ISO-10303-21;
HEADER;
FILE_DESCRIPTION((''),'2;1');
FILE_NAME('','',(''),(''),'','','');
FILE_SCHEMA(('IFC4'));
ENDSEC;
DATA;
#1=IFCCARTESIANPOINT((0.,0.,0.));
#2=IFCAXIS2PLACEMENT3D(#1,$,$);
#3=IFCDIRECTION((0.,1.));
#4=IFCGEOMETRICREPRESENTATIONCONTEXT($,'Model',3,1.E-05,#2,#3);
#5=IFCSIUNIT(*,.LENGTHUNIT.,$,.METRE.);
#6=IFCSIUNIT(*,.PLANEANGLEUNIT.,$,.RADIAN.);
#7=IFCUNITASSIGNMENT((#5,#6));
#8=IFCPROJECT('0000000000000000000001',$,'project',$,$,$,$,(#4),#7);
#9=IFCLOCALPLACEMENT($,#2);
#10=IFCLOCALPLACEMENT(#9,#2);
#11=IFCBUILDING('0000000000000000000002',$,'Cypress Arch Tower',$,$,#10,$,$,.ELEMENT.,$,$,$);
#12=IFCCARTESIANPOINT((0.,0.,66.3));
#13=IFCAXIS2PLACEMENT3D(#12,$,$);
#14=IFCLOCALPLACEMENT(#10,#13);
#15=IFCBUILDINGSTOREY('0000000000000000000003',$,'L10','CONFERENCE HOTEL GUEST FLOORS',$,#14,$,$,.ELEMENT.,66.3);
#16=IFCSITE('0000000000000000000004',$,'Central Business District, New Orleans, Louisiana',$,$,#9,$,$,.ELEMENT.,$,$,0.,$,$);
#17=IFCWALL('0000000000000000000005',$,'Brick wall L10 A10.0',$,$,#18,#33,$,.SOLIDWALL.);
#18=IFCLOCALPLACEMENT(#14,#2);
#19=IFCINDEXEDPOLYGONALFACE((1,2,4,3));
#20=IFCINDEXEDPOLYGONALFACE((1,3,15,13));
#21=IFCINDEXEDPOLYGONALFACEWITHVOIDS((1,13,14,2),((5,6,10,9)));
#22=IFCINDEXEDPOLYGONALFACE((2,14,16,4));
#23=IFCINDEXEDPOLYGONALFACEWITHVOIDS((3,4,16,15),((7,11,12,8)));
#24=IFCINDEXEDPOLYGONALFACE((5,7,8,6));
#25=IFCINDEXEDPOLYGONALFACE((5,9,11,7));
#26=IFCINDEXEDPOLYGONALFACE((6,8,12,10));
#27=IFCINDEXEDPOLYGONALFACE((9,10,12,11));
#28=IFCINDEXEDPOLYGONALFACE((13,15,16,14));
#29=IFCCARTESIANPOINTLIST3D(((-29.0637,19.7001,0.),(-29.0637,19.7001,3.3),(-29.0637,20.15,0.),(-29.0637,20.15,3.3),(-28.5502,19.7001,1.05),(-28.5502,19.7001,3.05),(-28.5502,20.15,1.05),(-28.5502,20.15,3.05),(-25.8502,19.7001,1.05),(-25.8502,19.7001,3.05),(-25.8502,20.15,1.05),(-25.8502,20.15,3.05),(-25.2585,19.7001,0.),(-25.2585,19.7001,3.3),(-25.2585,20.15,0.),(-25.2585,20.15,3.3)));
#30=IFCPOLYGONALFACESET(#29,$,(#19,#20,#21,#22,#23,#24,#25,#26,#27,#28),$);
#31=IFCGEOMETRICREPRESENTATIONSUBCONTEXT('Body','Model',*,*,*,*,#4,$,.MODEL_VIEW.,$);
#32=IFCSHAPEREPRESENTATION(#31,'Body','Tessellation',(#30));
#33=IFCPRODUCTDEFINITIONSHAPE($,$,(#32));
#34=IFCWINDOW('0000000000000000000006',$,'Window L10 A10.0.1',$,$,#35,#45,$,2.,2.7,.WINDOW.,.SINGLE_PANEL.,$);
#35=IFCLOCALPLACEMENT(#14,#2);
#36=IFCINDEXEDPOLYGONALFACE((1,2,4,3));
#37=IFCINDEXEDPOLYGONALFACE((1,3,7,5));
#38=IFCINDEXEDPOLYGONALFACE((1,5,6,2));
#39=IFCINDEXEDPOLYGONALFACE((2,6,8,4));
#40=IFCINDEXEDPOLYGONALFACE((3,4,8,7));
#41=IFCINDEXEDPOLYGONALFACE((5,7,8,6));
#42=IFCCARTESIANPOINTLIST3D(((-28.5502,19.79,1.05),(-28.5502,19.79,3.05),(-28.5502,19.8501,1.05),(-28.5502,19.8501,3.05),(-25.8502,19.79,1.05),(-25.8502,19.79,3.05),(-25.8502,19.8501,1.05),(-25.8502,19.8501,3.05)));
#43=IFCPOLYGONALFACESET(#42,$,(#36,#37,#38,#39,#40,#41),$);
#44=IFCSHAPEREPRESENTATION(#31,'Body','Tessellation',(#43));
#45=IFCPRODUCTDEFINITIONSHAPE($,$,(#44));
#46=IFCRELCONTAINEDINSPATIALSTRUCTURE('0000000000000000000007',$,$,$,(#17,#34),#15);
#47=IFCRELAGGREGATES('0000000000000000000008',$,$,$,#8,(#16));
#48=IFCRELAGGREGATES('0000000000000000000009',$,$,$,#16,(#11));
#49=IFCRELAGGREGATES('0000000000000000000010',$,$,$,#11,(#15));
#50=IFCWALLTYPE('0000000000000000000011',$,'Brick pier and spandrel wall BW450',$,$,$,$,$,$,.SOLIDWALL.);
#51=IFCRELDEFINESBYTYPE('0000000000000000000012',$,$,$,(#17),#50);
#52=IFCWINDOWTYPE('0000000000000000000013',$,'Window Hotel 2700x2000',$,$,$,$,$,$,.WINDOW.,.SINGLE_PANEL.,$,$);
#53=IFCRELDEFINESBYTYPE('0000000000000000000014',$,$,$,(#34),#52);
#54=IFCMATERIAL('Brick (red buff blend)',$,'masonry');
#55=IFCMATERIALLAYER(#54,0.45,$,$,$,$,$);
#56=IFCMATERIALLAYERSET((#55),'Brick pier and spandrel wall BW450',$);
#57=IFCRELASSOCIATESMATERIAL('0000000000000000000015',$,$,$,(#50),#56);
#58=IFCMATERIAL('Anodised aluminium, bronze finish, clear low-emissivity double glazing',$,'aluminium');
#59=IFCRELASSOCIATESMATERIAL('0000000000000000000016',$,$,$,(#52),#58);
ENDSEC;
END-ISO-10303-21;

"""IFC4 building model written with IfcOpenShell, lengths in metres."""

from ifc_helpers import new_model, si_unit, direction, frame, frame_2d, origin, place, context, subcontext, project, spatial, rectangle, extrude, material, layer, layer_set, type_object, element, fill, save


model = new_model("IFC4")

# Units and contexts
model_context = context("Model", 3, precision=1e-05, world=origin(), true_north=direction((0.0, 1.0)))
body_context = subcontext(model_context, "Body", "Model", "MODEL_VIEW")
ifc_project = project(units=[si_unit("LENGTHUNIT", "METRE"), si_unit("PLANEANGLEUNIT", "RADIAN")], contexts=[model_context])

# Site, building, storey
site_placement = place(None, origin())
site = spatial("IfcSite", under=ifc_project, at=site_placement, Name="Central Business District, New Orleans, Louisiana", CompositionType="ELEMENT", RefElevation=0.0)
building_placement = place(site_placement, origin())
building = spatial("IfcBuilding", under=site, at=building_placement, Name="Cypress Arch Tower", CompositionType="ELEMENT")
storey_placement = place(building_placement, frame((0.0, 0.0, 66.3)))
storey = spatial("IfcBuildingStorey", under=building, at=storey_placement, Name="L10", Description="CONFERENCE HOTEL GUEST FLOORS", CompositionType="ELEMENT", Elevation=66.3)

# Shared definitions
ifc_material_1 = material(Name="Brick (red buff blend)", Category="masonry")
ifc_layer = layer(ifc_material_1, 0.45)
ifc_layer_set = layer_set([ifc_layer], Name="Brick pier and spandrel wall BW450")
wall_type = type_object("IfcWallType", Name="Brick pier and spandrel wall BW450", PredefinedType="SOLIDWALL", material=ifc_layer_set)

# Wall, opening, window
wall_1_placement = place(storey_placement, frame((-25.2585, 19.925, 0.0), z_axis=(0.0, 0.0, 1.0), x_axis=(-1.0, 0.0, 0.0)))
wall_1 = element("IfcWall", 1, at=wall_1_placement, inside=storey, type_object=wall_type, Name="Brick wall L10 A10.0", PredefinedType="SOLIDWALL", context=body_context, shape_type="SweptSolid", body=[
    extrude(rectangle(XDim=3.8052, YDim=0.45, at=frame_2d((1.9026, 0.0))), origin(), (0.0, 0.0, 1.0), 3.3),
])
opening_1_placement = place(wall_1_placement, frame((0.5916, 0.0, 1.05)))
opening_1 = element("IfcOpeningElement", 2, at=opening_1_placement, cuts=wall_1, PredefinedType="OPENING", context=body_context, shape_type="SweptSolid", body=[
    extrude(rectangle(XDim=2.7, YDim=2.0, at=frame_2d((1.3501, 1.0))), frame((0.0, 0.2349, 0.0), z_axis=(0.0, -1.0, 0.0), x_axis=(1.0, 0.0, 0.0)), (0.0, 0.0, 1.0), 0.47),
])
ifc_material_2 = material(Name="Anodised aluminium, bronze finish, clear low-emissivity double glazing", Category="aluminium")
window_type_1 = type_object("IfcWindowType", Name="Window Hotel 2700x2000", PartitioningType="SINGLE_PANEL", PredefinedType="WINDOW", material=ifc_material_2)
window_1_placement = place(opening_1_placement, origin())
window_1 = element("IfcWindow", 3, at=window_1_placement, inside=storey, type_object=window_type_1, Name="Window L10 A10.0.1", OverallHeight=2.0, OverallWidth=2.7, PartitioningType="SINGLE_PANEL", PredefinedType="WINDOW", context=body_context, shape_type="SweptSolid", body=[
    extrude(rectangle(XDim=2.7, YDim=2.0, at=frame_2d((1.3501, 1.0))), frame((0.0, 0.135, 0.0), z_axis=(0.0, -1.0, 0.0), x_axis=(1.0, 0.0, 0.0)), (0.0, 0.0, 1.0), 0.0601),
])
fill(opening_1, window_1)

save(model, "model.ifc")
